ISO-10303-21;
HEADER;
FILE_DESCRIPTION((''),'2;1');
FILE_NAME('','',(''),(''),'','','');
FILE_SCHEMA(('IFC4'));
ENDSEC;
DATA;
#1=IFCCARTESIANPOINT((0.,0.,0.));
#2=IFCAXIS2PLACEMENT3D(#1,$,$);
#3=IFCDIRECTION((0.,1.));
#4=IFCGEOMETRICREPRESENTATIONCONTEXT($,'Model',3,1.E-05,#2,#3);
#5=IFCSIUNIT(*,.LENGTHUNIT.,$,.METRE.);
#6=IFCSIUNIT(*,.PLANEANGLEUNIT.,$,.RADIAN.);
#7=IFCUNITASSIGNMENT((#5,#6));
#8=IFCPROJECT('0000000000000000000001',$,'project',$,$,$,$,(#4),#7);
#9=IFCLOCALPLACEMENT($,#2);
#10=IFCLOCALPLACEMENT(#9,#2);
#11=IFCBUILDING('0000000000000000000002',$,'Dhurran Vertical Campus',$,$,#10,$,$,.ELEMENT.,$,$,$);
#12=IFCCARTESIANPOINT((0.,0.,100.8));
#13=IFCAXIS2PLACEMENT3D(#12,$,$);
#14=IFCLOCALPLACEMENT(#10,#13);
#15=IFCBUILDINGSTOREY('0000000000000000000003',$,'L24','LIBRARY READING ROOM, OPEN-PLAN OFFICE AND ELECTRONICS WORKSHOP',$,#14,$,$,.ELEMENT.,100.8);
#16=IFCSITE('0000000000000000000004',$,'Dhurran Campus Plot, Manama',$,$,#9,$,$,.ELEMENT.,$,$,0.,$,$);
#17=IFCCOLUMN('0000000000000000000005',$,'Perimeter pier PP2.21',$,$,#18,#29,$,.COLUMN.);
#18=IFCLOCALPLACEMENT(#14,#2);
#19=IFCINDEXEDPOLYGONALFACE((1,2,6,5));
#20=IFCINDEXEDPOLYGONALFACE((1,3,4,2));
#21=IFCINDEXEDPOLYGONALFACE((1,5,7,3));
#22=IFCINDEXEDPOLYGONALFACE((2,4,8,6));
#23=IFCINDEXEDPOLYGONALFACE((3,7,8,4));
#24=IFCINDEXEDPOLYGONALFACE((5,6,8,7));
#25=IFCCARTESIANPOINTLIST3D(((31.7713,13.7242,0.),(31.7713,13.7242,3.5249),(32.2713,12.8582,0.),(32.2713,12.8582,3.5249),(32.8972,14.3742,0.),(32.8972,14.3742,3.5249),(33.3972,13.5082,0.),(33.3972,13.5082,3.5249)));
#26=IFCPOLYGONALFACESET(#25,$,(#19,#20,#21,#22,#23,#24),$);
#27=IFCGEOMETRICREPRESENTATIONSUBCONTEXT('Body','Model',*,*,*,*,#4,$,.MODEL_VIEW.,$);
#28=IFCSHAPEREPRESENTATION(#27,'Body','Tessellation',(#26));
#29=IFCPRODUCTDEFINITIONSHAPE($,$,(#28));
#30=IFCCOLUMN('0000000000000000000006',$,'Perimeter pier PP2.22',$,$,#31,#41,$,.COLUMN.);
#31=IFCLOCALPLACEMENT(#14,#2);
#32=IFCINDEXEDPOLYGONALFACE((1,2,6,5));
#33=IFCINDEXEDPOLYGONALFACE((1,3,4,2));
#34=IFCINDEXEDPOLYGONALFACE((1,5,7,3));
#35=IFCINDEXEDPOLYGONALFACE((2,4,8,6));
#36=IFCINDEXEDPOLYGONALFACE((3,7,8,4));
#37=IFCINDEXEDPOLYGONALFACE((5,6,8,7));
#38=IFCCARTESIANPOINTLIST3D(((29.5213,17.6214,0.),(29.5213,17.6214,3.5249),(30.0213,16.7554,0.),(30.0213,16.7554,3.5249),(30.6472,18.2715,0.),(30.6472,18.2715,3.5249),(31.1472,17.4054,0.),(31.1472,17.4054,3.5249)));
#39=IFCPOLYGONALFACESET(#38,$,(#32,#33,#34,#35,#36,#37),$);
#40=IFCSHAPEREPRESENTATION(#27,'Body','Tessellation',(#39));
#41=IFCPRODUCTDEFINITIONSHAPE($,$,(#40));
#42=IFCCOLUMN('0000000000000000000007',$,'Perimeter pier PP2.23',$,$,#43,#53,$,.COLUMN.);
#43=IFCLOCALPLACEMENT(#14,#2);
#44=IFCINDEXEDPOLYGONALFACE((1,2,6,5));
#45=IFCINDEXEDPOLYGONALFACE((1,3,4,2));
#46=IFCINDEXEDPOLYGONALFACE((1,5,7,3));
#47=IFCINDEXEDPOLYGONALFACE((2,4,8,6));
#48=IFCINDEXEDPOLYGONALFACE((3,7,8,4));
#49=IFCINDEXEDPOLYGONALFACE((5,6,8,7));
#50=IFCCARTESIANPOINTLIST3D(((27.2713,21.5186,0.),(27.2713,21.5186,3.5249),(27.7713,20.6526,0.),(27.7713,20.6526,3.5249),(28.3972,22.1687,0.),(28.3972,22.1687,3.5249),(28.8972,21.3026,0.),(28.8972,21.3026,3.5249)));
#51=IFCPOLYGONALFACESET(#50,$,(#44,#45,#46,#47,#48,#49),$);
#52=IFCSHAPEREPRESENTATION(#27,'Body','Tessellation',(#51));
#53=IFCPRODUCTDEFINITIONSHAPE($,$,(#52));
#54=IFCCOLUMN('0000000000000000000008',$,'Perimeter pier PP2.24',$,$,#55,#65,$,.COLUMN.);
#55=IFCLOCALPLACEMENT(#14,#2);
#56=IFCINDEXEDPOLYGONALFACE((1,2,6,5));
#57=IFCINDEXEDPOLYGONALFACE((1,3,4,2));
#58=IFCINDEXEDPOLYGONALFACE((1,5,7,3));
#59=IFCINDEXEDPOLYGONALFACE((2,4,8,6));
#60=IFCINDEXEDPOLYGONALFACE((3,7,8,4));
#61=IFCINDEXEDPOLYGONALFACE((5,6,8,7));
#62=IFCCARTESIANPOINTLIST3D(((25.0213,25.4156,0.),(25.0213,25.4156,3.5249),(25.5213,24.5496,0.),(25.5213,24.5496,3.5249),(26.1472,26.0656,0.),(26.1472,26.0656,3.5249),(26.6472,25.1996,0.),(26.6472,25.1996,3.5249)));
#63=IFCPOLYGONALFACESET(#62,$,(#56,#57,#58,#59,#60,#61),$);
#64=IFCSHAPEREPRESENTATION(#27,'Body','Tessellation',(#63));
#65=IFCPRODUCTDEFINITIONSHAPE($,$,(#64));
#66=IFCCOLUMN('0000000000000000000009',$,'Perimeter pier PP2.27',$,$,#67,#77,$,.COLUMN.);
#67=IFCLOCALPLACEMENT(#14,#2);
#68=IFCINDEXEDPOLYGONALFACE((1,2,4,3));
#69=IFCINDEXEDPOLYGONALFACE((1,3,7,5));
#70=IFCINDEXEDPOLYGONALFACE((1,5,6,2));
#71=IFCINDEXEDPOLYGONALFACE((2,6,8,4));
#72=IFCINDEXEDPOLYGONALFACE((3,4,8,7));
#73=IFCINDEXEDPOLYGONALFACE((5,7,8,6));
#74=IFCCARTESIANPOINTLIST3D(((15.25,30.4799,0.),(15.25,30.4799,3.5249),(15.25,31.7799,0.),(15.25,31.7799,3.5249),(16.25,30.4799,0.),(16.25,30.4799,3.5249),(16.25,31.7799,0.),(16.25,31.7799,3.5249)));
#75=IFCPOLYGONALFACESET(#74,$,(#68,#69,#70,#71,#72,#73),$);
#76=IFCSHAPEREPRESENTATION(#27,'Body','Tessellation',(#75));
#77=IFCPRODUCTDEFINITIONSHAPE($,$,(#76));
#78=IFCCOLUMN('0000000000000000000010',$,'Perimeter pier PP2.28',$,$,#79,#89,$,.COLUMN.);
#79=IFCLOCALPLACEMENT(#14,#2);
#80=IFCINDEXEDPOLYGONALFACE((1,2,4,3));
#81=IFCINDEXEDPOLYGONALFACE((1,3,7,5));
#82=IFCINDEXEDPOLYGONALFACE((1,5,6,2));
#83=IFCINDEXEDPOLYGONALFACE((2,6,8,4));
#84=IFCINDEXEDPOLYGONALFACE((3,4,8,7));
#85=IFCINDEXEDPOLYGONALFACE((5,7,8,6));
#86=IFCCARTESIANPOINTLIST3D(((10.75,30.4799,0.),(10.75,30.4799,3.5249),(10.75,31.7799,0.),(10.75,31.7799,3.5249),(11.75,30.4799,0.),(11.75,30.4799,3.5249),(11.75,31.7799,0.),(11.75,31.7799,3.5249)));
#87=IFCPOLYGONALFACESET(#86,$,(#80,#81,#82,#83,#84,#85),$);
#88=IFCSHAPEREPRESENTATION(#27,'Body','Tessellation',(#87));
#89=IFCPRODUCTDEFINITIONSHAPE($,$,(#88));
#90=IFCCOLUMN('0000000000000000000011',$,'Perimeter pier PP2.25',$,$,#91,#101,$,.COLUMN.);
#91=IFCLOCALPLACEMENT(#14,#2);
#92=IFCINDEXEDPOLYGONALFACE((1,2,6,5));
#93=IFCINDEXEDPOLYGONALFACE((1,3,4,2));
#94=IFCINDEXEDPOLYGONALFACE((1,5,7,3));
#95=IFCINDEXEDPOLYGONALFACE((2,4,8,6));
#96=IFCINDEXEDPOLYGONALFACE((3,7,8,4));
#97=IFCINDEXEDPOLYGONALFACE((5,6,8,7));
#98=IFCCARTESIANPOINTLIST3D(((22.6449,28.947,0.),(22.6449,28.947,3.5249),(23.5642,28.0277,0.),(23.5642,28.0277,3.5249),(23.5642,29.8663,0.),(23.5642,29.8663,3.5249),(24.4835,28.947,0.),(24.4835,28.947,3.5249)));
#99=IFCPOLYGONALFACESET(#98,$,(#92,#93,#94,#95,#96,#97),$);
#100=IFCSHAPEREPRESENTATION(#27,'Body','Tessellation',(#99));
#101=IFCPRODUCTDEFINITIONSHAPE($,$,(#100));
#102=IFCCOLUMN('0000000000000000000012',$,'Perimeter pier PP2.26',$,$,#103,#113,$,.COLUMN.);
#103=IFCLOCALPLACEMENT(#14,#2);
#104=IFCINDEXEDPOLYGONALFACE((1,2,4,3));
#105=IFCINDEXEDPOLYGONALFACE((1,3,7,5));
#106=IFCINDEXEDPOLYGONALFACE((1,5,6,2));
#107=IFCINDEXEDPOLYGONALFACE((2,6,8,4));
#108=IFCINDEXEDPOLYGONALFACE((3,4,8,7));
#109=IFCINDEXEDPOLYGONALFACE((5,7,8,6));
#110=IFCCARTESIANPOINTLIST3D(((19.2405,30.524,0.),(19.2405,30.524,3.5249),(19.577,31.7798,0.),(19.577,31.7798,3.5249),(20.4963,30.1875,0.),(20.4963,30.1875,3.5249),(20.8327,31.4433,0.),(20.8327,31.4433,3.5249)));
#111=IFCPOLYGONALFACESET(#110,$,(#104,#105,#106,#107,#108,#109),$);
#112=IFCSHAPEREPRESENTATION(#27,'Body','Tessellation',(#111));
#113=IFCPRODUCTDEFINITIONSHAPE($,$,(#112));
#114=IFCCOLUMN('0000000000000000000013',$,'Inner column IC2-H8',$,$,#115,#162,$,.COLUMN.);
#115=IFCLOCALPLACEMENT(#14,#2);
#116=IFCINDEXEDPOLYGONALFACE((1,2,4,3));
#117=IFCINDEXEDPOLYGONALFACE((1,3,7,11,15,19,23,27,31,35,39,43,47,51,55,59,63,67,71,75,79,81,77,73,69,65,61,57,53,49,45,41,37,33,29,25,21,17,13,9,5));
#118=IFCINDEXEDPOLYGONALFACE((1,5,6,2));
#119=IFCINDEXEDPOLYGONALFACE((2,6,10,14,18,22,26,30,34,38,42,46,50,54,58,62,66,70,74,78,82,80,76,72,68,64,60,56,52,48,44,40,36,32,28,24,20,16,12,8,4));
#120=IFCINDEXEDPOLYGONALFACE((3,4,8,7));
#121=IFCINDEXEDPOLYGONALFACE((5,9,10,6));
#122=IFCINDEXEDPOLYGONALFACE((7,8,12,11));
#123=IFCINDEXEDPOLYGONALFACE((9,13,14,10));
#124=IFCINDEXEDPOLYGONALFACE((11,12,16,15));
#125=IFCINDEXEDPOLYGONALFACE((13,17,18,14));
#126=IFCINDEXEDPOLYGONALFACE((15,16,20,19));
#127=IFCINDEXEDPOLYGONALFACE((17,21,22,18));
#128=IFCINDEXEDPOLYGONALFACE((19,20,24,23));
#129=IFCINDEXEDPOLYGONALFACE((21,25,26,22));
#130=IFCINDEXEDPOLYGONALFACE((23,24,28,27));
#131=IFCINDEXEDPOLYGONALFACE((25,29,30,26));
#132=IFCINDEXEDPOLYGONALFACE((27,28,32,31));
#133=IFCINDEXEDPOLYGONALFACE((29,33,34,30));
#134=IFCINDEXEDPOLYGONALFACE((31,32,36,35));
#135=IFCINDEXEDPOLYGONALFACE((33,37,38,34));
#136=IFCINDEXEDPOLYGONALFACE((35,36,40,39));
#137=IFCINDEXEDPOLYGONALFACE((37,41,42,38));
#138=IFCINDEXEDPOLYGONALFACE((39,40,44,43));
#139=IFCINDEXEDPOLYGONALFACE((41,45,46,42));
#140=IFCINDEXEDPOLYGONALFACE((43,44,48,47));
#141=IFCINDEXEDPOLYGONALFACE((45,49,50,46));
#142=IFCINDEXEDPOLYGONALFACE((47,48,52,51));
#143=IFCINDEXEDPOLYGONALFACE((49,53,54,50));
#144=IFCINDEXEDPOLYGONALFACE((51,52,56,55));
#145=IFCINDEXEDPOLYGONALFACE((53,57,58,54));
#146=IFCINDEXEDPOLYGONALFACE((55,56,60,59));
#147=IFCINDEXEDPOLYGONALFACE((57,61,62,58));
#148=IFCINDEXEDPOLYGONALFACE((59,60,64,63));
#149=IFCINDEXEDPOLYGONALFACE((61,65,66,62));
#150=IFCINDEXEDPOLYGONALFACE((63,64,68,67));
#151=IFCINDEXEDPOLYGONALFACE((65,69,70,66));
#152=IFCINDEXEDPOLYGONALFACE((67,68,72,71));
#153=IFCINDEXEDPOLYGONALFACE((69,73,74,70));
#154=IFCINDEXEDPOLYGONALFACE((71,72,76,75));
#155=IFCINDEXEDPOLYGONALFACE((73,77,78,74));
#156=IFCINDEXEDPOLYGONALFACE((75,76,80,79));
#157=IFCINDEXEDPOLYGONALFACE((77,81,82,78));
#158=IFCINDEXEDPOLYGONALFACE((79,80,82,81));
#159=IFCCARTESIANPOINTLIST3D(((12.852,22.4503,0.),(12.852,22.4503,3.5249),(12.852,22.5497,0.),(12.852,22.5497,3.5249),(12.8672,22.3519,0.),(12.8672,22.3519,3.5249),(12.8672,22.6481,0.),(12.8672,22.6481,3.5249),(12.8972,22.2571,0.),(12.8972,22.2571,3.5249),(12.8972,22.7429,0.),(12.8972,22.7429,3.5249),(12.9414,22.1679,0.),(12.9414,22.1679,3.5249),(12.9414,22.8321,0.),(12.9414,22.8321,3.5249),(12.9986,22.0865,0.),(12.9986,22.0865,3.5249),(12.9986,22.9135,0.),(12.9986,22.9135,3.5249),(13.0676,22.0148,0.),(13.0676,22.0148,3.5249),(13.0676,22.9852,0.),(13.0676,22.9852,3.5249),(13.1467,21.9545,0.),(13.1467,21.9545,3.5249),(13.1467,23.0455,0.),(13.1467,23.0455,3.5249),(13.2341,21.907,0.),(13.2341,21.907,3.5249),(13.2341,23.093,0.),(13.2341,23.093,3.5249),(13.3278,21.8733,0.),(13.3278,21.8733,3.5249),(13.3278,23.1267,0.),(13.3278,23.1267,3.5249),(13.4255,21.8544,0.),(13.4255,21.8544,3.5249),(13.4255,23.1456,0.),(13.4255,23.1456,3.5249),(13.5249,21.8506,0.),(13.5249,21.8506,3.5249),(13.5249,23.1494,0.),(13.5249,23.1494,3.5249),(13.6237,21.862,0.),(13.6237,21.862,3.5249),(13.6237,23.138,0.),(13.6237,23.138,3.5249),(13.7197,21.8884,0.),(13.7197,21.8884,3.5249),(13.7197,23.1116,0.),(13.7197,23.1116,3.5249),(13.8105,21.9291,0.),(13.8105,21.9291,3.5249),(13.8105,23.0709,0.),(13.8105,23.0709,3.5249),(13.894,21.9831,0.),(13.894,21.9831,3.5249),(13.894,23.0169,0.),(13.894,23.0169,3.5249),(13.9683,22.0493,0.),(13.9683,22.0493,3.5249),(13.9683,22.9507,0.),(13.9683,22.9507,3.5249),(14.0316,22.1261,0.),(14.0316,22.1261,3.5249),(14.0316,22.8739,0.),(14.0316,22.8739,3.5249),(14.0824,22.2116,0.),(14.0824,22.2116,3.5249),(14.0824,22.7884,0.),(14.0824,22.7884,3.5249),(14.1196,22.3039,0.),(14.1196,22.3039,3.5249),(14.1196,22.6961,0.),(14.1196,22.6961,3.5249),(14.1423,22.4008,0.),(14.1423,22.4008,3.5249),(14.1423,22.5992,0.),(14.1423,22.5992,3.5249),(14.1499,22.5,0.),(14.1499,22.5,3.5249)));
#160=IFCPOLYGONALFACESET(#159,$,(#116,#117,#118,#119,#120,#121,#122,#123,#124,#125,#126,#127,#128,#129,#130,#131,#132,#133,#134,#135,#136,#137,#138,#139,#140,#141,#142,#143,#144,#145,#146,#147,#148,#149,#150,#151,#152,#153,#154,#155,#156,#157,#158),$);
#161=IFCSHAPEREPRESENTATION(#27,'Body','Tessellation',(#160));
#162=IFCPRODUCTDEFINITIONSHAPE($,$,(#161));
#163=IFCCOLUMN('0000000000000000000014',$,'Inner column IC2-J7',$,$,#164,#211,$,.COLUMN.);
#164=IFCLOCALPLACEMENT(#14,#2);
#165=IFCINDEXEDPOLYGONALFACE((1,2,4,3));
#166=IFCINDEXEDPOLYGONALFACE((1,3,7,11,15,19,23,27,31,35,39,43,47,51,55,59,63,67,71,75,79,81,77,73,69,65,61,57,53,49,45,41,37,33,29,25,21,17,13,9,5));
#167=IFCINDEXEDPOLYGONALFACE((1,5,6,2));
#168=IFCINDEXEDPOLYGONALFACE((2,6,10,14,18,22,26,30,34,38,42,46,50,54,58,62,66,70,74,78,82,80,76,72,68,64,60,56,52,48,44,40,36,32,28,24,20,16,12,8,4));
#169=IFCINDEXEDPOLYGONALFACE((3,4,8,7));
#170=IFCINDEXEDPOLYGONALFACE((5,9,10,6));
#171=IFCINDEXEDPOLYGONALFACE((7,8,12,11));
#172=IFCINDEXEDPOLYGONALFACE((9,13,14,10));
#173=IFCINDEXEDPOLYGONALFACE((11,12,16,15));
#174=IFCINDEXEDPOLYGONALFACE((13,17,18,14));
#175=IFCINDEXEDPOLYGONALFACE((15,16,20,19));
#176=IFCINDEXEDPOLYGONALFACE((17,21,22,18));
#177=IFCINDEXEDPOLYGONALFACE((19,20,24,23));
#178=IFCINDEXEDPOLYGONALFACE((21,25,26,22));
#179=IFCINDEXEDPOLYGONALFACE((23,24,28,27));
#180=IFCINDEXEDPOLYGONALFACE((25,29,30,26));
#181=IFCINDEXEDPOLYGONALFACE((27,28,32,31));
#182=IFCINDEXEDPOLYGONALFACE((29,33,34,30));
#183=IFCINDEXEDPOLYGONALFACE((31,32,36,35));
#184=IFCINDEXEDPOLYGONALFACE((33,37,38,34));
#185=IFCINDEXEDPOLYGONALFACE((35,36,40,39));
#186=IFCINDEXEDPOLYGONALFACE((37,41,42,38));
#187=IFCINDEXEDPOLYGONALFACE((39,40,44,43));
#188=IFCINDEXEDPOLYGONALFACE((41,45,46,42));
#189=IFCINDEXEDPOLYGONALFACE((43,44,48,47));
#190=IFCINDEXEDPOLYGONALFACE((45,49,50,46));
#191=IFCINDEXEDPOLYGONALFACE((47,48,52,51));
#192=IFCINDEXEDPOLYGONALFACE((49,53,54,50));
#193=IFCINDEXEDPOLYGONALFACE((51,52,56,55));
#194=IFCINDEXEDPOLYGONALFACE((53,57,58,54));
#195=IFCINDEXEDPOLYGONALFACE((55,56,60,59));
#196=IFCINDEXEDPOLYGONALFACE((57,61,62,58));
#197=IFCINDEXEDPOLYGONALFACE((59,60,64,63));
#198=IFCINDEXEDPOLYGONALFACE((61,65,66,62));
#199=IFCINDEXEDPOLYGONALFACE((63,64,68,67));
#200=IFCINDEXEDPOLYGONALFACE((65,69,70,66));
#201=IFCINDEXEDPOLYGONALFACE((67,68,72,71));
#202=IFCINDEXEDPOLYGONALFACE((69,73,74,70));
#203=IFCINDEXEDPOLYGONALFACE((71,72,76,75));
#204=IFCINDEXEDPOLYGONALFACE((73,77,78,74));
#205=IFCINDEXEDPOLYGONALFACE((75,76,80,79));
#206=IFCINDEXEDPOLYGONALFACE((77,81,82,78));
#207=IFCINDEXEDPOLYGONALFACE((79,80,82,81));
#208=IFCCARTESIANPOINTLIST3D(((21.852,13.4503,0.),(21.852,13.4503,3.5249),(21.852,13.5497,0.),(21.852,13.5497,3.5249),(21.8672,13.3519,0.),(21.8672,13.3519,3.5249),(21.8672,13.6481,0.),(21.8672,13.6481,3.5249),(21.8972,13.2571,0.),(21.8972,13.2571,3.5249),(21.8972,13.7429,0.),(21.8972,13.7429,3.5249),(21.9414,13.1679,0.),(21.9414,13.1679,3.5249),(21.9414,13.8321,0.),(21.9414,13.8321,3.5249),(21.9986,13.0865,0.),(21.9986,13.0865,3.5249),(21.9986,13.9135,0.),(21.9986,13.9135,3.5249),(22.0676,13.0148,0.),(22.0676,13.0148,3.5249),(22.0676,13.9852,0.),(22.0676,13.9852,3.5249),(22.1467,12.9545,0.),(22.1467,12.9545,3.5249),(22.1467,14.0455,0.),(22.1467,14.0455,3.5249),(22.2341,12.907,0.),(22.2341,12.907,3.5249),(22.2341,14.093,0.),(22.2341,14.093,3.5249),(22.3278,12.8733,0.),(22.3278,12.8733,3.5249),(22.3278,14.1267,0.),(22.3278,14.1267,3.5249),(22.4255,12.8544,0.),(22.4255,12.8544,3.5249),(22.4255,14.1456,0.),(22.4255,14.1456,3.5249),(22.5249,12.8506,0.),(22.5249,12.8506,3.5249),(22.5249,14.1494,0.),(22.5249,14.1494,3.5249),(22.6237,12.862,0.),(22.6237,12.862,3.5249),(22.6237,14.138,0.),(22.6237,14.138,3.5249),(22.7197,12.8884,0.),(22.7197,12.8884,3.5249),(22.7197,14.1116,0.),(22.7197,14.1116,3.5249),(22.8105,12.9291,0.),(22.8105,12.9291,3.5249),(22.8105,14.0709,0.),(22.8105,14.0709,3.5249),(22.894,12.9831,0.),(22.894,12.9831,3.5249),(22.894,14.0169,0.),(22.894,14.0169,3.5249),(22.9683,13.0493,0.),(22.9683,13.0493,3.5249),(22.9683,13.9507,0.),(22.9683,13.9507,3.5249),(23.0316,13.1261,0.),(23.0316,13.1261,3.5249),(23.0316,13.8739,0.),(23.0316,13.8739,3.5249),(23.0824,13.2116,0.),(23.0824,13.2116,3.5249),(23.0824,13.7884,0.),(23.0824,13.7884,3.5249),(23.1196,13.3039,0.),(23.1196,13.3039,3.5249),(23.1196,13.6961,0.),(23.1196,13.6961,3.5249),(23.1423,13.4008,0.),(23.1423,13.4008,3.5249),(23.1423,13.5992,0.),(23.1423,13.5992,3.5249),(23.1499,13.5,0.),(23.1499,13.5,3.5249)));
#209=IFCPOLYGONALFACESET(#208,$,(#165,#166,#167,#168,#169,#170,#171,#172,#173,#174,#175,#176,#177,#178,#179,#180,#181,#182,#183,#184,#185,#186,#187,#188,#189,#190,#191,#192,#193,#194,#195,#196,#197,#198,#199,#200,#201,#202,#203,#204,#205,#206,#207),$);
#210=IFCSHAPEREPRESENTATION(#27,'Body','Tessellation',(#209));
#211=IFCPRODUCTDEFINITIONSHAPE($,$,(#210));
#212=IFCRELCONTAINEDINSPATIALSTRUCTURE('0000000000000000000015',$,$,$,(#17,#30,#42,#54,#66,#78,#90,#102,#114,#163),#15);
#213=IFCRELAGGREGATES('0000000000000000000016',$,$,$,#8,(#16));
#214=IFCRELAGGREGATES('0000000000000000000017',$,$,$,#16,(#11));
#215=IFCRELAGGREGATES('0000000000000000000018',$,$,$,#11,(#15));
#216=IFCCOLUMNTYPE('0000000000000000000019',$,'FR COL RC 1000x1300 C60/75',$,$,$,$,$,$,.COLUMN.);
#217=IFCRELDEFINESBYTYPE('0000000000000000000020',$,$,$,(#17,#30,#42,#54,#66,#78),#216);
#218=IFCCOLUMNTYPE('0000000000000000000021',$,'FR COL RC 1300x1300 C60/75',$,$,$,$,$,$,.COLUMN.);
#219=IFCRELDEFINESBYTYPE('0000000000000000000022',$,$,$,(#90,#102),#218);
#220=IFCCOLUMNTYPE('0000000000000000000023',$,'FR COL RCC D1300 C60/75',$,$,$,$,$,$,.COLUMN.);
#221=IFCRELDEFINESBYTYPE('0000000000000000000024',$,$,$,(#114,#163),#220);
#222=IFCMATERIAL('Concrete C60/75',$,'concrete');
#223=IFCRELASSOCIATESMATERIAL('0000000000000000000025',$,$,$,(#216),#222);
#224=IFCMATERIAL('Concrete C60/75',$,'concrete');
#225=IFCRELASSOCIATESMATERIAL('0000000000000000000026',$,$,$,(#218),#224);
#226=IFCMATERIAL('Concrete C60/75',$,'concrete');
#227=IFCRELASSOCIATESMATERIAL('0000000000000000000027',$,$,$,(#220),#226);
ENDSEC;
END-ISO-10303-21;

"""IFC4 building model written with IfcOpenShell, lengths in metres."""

from ifc_helpers import new_model, si_unit, direction, frame, origin, origin_2d, place, context, subcontext, project, spatial, rectangle, circle, extrude, material, material_profile, profile_set, type_object, element, save


model = new_model("IFC4")

# Units and contexts
model_context = context("Model", 3, precision=1e-05, world=origin(), true_north=direction((0.0, 1.0)))
body_context = subcontext(model_context, "Body", "Model", "MODEL_VIEW")
ifc_project = project(units=[si_unit("LENGTHUNIT", "METRE"), si_unit("PLANEANGLEUNIT", "RADIAN")], contexts=[model_context])

# Site, building, storey
site_placement = place(None, origin())
site = spatial("IfcSite", under=ifc_project, at=site_placement, Name="Dhurran Campus Plot, Manama", CompositionType="ELEMENT", RefElevation=0.0)
building_placement = place(site_placement, origin())
building = spatial("IfcBuilding", under=site, at=building_placement, Name="Dhurran Vertical Campus", CompositionType="ELEMENT")
storey_placement = place(building_placement, frame((0.0, 0.0, 100.8)))
storey = spatial("IfcBuildingStorey", under=building, at=storey_placement, Name="L24", Description="LIBRARY READING ROOM, OPEN-PLAN OFFICE AND ELECTRONICS WORKSHOP", CompositionType="ELEMENT", Elevation=100.8)

# Columns
ifc_material_1 = material(Name="Concrete C60/75", Category="concrete")
ifc_material_profile_1 = material_profile(ifc_material_1, rectangle(XDim=1.0, YDim=1.3, at=origin_2d()), Name="RC 1000x1300")
ifc_profile_set_1 = profile_set([ifc_material_profile_1], Name="Concrete C60/75")
column_type_1 = type_object("IfcColumnType", Name="FR COL RC 1000x1300 C60/75", PredefinedType="COLUMN", material=ifc_profile_set_1)
for number, where, z_axis, x_axis, name in (
    (1, (32.5842, 13.6162, 0.0), (0.0, 0.0, 1.0), (-0.5, 0.866025, 0.0), "Perimeter pier PP2.21"),
    (2, (30.3342, 17.5134, 0.0), (0.0, 0.0, 1.0), (-0.5, 0.866025, 0.0), "Perimeter pier PP2.22"),
    (3, (28.0842, 21.4106, 0.0), (0.0, 0.0, 1.0), (-0.5, 0.866025, 0.0), "Perimeter pier PP2.23"),
    (4, (25.8342, 25.3076, 0.0), (0.0, 0.0, 1.0), (-0.5, 0.866025, 0.0), "Perimeter pier PP2.24"),
    (5, (15.75, 31.1299, 0.0), (0.0, 0.0, 1.0), (-1.0, 0.0, 0.0), "Perimeter pier PP2.27"),
    (6, (11.25, 31.1299, 0.0), (0.0, 0.0, 1.0), (-1.0, 0.0, 0.0), "Perimeter pier PP2.28"),
):
    element("IfcColumn", number, at=place(storey_placement, frame(where, z_axis=z_axis, x_axis=x_axis)), inside=storey, type_object=column_type_1, Name=name, PredefinedType="COLUMN", context=body_context, shape_type="SweptSolid", body=[
        extrude(rectangle(XDim=1.0, YDim=1.3, at=origin_2d()), origin(), (0.0, 0.0, 1.0), 3.5249),
    ])
ifc_material_2 = material(Name="Concrete C60/75", Category="concrete")
ifc_material_profile_2 = material_profile(ifc_material_2, rectangle(XDim=1.3, YDim=1.3, at=origin_2d()), Name="RC 1300x1300")
ifc_profile_set_2 = profile_set([ifc_material_profile_2], Name="Concrete C60/75")
column_type_2 = type_object("IfcColumnType", Name="FR COL RC 1300x1300 C60/75", PredefinedType="COLUMN", material=ifc_profile_set_2)
for number, where, z_axis, x_axis, name in (
    (7, (23.5642, 28.947, 0.0), (0.0, 0.0, 1.0), (-0.707107, 0.707107, 0.0), "Perimeter pier PP2.25"),
    (8, (20.0366, 30.9836, 0.0), (0.0, 0.0, 1.0), (-0.965926, 0.258819, 0.0), "Perimeter pier PP2.26"),
):
    element("IfcColumn", number, at=place(storey_placement, frame(where, z_axis=z_axis, x_axis=x_axis)), inside=storey, type_object=column_type_2, Name=name, PredefinedType="COLUMN", context=body_context, shape_type="SweptSolid", body=[
        extrude(rectangle(XDim=1.3, YDim=1.3, at=origin_2d()), origin(), (0.0, 0.0, 1.0), 3.5249),
    ])
ifc_material_3 = material(Name="Concrete C60/75", Category="concrete")
ifc_material_profile_3 = material_profile(ifc_material_3, circle(Radius=0.6499, at=origin_2d()), Name="RCC D1300")
ifc_profile_set_3 = profile_set([ifc_material_profile_3], Name="Concrete C60/75")
column_type_3 = type_object("IfcColumnType", Name="FR COL RCC D1300 C60/75", PredefinedType="COLUMN", material=ifc_profile_set_3)
for number, where, z_axis, x_axis, name in (
    (9, (13.5, 22.5, 0.0), (0.0, 0.0, 1.0), (1.0, 0.0, 0.0), "Inner column IC2-H8"),
    (10, (22.5, 13.5, 0.0), (0.0, 0.0, 1.0), (1.0, 0.0, 0.0), "Inner column IC2-J7"),
):
    element("IfcColumn", number, at=place(storey_placement, frame(where, z_axis=z_axis, x_axis=x_axis)), inside=storey, type_object=column_type_3, Name=name, PredefinedType="COLUMN", context=body_context, shape_type="SweptSolid", body=[
        extrude(circle(Radius=0.6499, at=origin_2d()), origin(), (0.0, 0.0, 1.0), 3.5249),
    ])

save(model, "model.ifc")
